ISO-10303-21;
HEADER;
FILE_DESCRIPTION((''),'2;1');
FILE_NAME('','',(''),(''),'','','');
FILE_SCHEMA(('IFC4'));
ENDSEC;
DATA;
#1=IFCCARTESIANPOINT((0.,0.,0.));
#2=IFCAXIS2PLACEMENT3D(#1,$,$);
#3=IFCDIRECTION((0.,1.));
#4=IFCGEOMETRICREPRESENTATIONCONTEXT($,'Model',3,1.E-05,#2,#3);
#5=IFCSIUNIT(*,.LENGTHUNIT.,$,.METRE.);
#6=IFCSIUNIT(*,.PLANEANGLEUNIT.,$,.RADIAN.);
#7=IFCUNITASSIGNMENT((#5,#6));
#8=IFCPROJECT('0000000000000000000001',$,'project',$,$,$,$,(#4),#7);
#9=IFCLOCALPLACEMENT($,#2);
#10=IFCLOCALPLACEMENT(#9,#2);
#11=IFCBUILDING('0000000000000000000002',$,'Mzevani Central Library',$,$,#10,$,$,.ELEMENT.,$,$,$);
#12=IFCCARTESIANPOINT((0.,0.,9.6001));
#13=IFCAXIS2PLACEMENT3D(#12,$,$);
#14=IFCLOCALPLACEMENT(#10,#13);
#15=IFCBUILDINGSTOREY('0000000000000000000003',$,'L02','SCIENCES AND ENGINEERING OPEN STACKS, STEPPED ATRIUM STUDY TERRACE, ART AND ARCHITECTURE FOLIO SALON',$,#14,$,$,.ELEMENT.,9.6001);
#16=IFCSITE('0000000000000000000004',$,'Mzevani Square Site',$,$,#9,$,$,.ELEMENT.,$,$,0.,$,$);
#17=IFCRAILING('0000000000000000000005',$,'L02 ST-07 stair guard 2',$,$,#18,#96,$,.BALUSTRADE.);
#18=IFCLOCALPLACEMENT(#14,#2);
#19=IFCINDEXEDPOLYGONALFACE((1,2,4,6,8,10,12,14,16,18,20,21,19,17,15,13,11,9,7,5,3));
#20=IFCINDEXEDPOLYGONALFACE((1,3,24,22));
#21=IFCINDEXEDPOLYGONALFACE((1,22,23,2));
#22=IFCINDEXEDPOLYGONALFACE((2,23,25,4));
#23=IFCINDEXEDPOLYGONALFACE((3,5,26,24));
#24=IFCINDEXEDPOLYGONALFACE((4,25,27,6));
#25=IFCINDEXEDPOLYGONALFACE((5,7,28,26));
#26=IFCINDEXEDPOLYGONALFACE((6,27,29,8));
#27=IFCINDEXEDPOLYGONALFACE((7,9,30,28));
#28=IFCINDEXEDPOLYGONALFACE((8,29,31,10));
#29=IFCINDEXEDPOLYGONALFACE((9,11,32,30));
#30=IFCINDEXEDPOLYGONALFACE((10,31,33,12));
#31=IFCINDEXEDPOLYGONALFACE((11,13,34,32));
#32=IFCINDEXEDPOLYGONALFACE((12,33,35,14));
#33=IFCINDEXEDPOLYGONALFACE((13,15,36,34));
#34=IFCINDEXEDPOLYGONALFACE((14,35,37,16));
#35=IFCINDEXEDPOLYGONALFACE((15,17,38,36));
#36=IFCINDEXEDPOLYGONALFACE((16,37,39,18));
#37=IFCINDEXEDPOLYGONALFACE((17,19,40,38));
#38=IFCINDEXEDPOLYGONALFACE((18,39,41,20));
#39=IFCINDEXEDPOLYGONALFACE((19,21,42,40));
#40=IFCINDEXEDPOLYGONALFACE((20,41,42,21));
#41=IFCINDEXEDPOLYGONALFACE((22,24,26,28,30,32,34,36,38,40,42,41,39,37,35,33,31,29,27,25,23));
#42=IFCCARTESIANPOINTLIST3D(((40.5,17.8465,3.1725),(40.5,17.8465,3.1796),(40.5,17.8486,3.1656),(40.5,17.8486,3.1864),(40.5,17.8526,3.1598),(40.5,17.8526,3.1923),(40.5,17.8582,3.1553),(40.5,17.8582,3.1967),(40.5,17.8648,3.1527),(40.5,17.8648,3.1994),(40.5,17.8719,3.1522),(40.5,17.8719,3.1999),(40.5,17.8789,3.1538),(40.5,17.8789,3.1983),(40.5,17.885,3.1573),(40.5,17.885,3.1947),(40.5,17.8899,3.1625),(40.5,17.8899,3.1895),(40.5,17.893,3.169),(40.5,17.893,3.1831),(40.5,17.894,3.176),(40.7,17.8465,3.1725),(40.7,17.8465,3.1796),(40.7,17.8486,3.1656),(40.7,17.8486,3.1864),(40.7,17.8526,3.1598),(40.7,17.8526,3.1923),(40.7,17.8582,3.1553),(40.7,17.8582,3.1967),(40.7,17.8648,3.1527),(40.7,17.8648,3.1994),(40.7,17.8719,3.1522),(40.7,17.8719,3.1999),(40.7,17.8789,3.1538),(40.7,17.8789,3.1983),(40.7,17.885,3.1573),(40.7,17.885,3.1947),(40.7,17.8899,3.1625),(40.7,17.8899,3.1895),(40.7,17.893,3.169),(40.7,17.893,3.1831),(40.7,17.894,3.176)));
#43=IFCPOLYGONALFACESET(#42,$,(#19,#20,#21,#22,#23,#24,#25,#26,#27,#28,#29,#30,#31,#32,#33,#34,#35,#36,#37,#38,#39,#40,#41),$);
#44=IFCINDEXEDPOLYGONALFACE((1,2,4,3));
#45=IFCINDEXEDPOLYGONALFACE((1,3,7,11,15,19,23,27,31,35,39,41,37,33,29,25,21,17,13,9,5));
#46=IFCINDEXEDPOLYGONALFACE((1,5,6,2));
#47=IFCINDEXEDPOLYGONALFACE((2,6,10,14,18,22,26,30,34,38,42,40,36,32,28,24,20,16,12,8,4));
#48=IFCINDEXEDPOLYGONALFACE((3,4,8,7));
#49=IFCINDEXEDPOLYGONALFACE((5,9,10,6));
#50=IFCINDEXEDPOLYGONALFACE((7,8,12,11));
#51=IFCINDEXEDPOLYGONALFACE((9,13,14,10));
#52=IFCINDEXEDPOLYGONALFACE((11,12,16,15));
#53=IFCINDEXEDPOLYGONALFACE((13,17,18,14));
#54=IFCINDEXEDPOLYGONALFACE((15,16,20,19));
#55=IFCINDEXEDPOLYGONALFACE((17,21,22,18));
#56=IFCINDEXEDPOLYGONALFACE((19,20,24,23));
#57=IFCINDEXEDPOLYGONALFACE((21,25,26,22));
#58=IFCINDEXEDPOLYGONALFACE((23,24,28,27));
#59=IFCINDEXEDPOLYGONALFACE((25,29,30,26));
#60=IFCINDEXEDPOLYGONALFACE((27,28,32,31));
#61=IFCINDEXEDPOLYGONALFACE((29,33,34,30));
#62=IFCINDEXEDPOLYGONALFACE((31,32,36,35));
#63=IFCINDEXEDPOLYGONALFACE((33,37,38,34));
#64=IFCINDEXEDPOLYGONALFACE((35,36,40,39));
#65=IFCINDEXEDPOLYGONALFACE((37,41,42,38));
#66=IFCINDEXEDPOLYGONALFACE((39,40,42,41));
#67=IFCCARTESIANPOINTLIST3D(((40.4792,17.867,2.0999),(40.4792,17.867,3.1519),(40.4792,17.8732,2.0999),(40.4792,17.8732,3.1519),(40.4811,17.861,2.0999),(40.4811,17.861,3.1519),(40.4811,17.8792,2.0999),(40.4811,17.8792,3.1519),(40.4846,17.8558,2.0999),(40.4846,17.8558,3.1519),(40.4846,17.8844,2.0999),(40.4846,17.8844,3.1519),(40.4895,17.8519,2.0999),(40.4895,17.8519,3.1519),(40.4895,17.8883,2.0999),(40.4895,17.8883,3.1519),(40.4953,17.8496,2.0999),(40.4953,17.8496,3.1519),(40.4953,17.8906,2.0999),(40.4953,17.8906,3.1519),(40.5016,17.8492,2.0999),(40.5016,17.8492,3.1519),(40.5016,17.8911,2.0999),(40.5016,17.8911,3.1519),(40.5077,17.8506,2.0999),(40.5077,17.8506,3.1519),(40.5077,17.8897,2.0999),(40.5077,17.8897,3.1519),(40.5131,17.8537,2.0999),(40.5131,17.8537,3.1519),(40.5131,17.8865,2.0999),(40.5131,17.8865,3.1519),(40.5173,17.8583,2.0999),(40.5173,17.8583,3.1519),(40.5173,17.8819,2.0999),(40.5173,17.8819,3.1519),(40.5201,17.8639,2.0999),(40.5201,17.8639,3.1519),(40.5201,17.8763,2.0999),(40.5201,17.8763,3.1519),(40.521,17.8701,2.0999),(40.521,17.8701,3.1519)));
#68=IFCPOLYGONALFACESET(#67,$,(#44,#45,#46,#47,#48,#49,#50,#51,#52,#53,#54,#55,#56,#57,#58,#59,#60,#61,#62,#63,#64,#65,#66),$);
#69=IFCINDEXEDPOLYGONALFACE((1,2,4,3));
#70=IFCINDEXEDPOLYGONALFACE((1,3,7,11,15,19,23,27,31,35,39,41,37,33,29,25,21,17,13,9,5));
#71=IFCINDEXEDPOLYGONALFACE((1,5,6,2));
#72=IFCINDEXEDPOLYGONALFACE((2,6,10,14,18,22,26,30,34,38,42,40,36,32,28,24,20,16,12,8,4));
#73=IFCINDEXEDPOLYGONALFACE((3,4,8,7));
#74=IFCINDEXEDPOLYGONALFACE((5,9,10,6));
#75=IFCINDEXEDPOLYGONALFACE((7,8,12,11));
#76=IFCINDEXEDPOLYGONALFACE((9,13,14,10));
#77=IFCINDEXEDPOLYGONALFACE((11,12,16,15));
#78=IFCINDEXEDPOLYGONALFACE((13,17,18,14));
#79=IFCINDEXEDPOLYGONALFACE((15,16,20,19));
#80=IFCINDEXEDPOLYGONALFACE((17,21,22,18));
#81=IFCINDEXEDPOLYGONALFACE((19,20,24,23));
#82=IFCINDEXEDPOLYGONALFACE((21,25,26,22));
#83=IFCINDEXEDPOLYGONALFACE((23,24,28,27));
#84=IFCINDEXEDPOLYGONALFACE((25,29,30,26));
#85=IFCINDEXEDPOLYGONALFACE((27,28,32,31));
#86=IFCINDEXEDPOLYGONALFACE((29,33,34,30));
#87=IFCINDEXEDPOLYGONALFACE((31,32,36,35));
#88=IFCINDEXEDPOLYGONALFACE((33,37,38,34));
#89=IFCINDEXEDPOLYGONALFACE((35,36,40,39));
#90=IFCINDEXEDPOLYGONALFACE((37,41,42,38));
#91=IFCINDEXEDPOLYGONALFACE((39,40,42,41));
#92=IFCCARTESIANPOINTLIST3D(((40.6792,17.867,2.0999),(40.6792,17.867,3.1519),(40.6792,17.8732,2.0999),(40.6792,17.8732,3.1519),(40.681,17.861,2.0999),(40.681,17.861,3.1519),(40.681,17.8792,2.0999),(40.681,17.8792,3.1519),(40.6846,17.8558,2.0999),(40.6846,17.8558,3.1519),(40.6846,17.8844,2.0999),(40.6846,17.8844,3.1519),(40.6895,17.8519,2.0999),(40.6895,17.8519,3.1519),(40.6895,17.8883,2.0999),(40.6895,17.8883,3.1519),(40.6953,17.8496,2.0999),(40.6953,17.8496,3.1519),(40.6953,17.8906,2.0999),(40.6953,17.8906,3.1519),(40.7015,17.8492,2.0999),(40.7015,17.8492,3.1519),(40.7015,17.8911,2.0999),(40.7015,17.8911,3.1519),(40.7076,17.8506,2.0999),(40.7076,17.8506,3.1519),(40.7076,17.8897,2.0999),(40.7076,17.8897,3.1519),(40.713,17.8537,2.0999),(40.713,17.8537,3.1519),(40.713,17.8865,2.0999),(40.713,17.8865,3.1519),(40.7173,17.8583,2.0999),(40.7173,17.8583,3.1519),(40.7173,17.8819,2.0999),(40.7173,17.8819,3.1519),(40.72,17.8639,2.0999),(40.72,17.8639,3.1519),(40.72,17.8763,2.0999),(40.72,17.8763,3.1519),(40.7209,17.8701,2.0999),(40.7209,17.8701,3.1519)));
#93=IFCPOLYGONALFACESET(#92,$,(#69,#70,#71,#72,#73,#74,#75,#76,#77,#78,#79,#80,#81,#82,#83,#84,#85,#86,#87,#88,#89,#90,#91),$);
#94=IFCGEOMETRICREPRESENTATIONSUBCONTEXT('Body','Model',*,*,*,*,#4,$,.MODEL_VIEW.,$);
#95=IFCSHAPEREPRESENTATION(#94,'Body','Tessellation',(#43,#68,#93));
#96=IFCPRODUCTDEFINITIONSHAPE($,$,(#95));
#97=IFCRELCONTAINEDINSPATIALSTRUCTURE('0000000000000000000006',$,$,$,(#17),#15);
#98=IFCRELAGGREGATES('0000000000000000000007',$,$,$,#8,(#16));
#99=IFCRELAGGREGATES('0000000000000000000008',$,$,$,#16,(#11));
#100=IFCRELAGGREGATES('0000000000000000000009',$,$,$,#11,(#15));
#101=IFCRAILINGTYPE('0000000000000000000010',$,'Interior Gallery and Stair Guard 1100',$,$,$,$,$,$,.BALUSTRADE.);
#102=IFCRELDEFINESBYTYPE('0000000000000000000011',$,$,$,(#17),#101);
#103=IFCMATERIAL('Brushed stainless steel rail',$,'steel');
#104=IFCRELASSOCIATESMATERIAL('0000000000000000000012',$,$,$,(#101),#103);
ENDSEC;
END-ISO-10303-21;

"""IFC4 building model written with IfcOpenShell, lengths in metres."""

from ifc_helpers import new_model, si_unit, direction, frame, origin, origin_2d, place, context, subcontext, project, spatial, circle, extrude, material, type_object, element, save


model = new_model("IFC4")

# Units and contexts
model_context = context("Model", 3, precision=1e-05, world=origin(), true_north=direction((0.0, 1.0)))
body_context = subcontext(model_context, "Body", "Model", "MODEL_VIEW")
ifc_project = project(units=[si_unit("LENGTHUNIT", "METRE"), si_unit("PLANEANGLEUNIT", "RADIAN")], contexts=[model_context])

# Site, building, storey
site_placement = place(None, origin())
site = spatial("IfcSite", under=ifc_project, at=site_placement, Name="Mzevani Square Site", CompositionType="ELEMENT", RefElevation=0.0)
building_placement = place(site_placement, origin())
building = spatial("IfcBuilding", under=site, at=building_placement, Name="Mzevani Central Library", CompositionType="ELEMENT")
storey_placement = place(building_placement, frame((0.0, 0.0, 9.6001)))
storey = spatial("IfcBuildingStorey", under=building, at=storey_placement, Name="L02", Description="SCIENCES AND ENGINEERING OPEN STACKS, STEPPED ATRIUM STUDY TERRACE, ART AND ARCHITECTURE FOLIO SALON", CompositionType="ELEMENT", Elevation=9.6001)

# Railing
ifc_material_1 = material(Name="Brushed stainless steel rail", Category="steel")
railing_type_1 = type_object("IfcRailingType", Name="Interior Gallery and Stair Guard 1100", PredefinedType="BALUSTRADE", material=ifc_material_1)
railing_1_placement = place(storey_placement, frame((40.5, 17.8701, 2.0999)))
element("IfcRailing", 1, at=railing_1_placement, inside=storey, type_object=railing_type_1, Name="L02 ST-07 stair guard 2", PredefinedType="BALUSTRADE", context=body_context, shape_type="SweptSolid", body=[
    extrude(circle(Radius=0.0239, at=origin_2d()), frame((0.0, 0.0, 1.0762), z_axis=(1.0, 0.0, 0.0), x_axis=(0.0, 1.0, 0.0)), (0.0, 0.0, 1.0), 0.2),
    extrude(circle(Radius=0.021, at=origin_2d()), origin(), (0.0, 0.0, 1.0), 1.052),
    extrude(circle(Radius=0.021, at=origin_2d()), frame((0.2, 0.0, 0.0)), (0.0, 0.0, 1.0), 1.052),
])

save(model, "model.ifc")
